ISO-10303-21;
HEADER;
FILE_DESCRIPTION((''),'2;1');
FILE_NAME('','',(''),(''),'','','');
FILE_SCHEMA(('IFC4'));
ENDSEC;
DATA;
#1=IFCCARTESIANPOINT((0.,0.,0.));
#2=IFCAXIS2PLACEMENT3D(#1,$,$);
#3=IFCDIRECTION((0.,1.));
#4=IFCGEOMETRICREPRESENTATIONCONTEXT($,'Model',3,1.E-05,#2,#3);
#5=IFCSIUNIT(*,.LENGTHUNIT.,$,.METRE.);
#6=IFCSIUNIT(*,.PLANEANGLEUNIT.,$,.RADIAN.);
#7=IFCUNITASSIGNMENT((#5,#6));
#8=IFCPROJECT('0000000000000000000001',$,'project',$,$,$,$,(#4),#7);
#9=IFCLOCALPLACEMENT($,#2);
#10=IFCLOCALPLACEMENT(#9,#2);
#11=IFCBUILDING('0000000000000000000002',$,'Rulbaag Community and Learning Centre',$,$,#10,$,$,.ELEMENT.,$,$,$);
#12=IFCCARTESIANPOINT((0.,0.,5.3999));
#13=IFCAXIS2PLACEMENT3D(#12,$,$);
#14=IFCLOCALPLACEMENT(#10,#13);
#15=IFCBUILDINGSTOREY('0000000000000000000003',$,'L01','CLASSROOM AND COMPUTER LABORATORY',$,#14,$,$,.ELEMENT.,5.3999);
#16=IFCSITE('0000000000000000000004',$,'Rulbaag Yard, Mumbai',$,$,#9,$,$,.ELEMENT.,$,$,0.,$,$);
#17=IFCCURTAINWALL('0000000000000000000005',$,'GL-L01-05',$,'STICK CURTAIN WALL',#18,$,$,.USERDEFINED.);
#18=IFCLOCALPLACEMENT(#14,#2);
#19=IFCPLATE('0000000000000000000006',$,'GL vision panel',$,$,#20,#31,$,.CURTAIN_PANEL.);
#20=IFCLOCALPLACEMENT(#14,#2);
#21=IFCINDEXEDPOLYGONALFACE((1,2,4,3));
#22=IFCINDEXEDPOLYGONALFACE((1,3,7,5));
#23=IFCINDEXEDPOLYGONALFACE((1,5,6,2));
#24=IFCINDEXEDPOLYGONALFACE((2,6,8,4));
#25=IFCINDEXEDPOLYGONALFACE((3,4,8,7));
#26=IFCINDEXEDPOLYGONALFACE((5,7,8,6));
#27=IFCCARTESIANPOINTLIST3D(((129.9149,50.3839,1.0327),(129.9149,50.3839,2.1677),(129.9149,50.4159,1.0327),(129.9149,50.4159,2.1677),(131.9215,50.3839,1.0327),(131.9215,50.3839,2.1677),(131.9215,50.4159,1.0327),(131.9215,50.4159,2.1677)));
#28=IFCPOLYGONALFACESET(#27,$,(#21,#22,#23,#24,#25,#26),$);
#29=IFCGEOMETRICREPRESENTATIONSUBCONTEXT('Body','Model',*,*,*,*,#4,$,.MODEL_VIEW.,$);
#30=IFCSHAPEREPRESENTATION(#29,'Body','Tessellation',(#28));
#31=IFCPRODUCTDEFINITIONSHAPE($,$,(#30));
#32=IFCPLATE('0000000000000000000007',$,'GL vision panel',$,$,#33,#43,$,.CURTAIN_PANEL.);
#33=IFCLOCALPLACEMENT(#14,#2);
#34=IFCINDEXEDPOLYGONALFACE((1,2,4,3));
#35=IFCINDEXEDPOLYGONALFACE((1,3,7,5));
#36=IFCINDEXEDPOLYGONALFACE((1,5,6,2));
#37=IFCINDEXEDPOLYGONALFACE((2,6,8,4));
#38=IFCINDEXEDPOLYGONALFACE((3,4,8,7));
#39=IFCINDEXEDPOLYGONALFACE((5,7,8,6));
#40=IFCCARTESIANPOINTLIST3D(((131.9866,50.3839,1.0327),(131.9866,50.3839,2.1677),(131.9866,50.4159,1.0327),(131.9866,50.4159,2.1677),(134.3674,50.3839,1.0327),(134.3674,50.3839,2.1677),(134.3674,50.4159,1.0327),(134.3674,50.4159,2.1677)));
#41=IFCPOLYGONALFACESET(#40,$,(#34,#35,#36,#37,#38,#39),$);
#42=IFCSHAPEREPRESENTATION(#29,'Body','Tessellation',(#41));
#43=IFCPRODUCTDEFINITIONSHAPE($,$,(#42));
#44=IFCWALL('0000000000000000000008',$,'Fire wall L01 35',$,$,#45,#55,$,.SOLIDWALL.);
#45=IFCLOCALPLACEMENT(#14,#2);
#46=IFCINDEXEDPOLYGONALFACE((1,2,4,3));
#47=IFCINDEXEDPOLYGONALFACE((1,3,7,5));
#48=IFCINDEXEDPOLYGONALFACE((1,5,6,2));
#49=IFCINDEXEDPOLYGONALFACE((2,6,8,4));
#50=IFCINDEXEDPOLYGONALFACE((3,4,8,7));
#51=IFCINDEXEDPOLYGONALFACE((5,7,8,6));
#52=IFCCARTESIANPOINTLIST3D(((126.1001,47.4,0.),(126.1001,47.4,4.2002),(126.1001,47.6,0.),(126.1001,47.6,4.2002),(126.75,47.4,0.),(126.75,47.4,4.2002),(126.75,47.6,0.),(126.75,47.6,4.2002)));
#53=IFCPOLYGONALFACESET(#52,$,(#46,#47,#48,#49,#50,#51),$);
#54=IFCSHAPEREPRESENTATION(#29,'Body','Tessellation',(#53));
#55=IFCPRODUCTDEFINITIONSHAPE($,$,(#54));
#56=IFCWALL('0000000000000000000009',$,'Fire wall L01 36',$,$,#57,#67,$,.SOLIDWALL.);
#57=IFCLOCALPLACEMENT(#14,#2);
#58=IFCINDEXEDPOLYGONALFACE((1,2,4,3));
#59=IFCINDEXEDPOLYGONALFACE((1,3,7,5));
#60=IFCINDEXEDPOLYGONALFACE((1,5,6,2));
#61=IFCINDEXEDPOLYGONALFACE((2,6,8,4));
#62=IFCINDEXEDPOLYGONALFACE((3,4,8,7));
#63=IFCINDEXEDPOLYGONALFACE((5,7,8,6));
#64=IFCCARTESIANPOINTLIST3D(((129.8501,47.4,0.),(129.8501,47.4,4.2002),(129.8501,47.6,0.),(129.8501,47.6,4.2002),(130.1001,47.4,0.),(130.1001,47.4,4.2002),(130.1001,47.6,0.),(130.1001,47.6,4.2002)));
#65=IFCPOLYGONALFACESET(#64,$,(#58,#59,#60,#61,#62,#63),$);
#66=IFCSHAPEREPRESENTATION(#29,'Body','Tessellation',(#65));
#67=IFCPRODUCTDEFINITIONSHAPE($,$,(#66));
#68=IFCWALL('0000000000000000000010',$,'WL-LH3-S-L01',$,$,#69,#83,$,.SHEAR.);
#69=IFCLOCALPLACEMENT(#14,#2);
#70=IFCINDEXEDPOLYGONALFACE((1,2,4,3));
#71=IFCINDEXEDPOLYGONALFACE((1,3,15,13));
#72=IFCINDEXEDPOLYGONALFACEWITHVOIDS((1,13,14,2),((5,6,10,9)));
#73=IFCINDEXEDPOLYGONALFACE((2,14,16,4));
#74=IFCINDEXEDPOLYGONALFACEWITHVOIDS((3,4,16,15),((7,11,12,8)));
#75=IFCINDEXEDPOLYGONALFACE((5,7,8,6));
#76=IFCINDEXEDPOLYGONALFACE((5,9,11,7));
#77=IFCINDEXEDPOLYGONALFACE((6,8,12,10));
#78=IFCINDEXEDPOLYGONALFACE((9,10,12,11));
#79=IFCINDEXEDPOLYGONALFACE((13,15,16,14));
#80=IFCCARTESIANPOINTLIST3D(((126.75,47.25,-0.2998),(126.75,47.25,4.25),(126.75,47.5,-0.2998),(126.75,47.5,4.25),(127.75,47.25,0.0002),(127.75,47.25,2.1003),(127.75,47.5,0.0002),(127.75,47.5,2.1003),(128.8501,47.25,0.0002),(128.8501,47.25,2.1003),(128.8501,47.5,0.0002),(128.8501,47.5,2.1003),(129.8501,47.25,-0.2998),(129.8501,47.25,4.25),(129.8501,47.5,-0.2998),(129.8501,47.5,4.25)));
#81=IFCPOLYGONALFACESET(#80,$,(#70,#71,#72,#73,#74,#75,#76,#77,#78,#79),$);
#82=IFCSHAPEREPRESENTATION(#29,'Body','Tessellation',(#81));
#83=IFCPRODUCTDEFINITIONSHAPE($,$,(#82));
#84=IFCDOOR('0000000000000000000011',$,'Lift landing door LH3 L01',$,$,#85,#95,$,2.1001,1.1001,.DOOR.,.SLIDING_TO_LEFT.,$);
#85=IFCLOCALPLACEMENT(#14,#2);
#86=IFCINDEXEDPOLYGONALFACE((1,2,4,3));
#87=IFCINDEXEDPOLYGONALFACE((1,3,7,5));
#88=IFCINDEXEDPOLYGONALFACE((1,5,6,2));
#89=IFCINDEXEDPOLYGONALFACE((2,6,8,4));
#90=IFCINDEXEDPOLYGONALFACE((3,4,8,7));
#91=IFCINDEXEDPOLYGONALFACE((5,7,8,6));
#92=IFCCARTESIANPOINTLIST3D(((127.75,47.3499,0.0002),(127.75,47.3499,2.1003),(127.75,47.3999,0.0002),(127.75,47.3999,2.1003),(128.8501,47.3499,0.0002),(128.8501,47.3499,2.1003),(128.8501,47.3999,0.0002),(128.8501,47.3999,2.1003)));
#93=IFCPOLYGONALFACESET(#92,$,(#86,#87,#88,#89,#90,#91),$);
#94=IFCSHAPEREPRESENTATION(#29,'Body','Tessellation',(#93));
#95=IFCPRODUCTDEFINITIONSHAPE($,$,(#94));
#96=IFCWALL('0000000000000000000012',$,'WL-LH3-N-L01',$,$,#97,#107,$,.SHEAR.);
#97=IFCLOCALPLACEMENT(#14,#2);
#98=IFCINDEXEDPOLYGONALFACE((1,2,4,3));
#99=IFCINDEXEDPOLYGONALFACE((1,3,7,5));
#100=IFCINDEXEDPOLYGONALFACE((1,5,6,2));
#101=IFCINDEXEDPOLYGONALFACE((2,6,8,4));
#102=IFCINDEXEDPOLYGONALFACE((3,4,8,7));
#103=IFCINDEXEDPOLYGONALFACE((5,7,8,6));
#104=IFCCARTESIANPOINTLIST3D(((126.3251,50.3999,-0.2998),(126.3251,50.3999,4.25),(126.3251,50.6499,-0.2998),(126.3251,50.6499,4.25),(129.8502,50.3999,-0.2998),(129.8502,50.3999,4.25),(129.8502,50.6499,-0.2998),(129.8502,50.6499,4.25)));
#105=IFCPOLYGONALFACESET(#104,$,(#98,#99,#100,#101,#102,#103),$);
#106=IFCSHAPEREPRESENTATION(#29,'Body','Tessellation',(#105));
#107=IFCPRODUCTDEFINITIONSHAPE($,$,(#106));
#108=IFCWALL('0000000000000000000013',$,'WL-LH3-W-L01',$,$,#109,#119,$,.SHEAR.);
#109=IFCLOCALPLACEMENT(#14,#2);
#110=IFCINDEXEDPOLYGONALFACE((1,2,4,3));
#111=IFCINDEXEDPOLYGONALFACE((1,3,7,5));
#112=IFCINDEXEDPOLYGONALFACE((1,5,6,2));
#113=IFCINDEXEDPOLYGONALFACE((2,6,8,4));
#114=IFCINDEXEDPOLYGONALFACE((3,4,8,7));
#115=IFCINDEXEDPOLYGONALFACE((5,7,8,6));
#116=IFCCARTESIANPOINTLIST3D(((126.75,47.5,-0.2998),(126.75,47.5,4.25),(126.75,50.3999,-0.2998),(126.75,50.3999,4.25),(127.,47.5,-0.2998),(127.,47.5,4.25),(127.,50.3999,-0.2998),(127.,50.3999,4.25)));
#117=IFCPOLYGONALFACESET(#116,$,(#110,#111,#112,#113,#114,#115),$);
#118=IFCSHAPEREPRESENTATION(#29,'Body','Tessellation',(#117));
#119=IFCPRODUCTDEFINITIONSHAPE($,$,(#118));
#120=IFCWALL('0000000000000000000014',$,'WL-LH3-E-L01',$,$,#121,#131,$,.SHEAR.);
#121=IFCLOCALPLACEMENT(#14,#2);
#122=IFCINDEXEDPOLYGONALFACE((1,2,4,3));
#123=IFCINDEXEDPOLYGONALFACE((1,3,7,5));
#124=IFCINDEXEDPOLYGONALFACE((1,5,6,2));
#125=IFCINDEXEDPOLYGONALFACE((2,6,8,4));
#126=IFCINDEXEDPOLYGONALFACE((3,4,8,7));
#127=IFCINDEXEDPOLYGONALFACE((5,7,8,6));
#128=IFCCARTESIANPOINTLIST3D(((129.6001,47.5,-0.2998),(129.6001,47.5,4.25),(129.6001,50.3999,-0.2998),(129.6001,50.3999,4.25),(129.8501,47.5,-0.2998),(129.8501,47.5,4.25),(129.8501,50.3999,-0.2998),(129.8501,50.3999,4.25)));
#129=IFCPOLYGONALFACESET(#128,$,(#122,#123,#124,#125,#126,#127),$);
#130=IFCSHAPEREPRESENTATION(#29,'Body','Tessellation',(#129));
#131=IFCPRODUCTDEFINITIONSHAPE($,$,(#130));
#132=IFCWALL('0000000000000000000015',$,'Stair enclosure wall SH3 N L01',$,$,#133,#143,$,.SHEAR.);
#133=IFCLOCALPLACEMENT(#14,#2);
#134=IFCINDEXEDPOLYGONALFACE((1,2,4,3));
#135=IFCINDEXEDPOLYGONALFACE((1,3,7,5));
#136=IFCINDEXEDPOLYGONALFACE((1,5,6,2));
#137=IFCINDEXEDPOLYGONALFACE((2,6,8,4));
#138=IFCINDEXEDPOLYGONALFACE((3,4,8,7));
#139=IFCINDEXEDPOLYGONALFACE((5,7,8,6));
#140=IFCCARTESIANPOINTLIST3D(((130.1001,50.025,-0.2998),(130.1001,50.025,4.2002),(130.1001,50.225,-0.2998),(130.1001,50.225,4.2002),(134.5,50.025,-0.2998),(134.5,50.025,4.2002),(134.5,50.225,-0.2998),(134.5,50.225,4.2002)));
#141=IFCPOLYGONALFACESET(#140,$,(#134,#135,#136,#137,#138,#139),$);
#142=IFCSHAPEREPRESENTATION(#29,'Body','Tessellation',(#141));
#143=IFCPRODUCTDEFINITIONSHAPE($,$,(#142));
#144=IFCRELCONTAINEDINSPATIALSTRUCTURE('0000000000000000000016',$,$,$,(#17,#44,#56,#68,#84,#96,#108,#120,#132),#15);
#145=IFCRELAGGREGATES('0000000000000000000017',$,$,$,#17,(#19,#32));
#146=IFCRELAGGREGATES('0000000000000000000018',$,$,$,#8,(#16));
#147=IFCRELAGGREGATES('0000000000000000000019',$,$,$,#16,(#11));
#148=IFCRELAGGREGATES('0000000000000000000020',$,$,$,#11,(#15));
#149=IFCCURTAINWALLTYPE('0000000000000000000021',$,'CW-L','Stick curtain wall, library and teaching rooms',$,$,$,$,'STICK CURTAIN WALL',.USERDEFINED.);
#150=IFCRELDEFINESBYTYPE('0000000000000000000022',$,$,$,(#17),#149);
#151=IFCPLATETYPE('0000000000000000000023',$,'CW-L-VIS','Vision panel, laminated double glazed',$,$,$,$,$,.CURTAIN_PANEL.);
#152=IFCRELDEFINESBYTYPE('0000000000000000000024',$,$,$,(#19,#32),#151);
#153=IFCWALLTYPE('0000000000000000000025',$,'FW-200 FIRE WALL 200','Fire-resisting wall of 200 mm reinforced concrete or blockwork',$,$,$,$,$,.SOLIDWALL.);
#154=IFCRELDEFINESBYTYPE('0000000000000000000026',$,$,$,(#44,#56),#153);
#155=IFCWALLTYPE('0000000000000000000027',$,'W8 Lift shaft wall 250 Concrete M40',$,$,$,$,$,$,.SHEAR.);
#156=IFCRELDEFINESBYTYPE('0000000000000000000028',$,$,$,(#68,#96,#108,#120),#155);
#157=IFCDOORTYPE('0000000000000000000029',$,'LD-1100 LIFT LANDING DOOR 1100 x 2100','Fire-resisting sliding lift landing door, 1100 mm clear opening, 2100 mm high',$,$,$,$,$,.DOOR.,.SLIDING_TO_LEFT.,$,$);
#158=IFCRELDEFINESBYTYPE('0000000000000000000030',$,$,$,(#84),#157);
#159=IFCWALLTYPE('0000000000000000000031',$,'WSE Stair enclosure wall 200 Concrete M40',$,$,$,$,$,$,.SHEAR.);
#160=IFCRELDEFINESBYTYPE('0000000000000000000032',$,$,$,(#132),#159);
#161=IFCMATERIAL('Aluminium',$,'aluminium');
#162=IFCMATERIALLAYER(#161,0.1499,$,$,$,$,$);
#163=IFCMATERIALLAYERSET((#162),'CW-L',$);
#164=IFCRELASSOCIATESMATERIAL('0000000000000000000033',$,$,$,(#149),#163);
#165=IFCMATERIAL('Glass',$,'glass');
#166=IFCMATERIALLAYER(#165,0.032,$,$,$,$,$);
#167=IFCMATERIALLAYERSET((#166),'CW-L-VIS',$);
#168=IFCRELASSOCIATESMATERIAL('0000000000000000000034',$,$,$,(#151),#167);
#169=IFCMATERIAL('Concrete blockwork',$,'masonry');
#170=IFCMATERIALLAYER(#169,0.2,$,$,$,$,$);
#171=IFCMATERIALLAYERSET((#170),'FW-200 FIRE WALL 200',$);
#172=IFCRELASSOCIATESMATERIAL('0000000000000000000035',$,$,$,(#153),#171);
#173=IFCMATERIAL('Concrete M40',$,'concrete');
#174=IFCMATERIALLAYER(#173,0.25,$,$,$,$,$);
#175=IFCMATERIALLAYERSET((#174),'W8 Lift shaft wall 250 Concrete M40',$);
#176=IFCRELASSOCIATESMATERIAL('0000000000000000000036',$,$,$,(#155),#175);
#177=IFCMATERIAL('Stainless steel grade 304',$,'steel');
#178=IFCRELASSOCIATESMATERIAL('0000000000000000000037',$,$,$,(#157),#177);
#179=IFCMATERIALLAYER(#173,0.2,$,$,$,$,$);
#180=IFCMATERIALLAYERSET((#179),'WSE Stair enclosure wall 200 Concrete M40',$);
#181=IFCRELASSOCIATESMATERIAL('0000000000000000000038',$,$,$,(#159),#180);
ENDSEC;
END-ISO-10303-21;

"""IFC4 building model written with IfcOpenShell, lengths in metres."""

from ifc_helpers import new_model, si_unit, direction, frame, frame_2d, origin, origin_2d, place, context, subcontext, project, spatial, rectangle, extrude, material, layer, layer_set, type_object, element, fill, aggregate, save


model = new_model("IFC4")

# Units and contexts
model_context = context("Model", 3, precision=1e-05, world=origin(), true_north=direction((0.0, 1.0)))
body_context = subcontext(model_context, "Body", "Model", "MODEL_VIEW")
ifc_project = project(units=[si_unit("LENGTHUNIT", "METRE"), si_unit("PLANEANGLEUNIT", "RADIAN")], contexts=[model_context])

# Site, building, storey
site_placement = place(None, origin())
site = spatial("IfcSite", under=ifc_project, at=site_placement, Name="Rulbaag Yard, Mumbai", CompositionType="ELEMENT", RefElevation=0.0)
building_placement = place(site_placement, origin())
building = spatial("IfcBuilding", under=site, at=building_placement, Name="Rulbaag Community and Learning Centre", CompositionType="ELEMENT")
storey_placement = place(building_placement, frame((0.0, 0.0, 5.3999)))
storey = spatial("IfcBuildingStorey", under=building, at=storey_placement, Name="L01", Description="CLASSROOM AND COMPUTER LABORATORY", CompositionType="ELEMENT", Elevation=5.3999)

# Curtain wall, plates
ifc_material_1 = material(Name="Aluminium", Category="aluminium")
ifc_layer_1 = layer(ifc_material_1, 0.1499)
ifc_layer_set_1 = layer_set([ifc_layer_1], Name="CW-L")
curtain_wall_type = type_object("IfcCurtainWallType", Name="CW-L", Description="Stick curtain wall, library and teaching rooms", ElementType="STICK CURTAIN WALL", PredefinedType="USERDEFINED", material=ifc_layer_set_1)
curtain_wall_placement = place(storey_placement, origin())
curtain_wall = element("IfcCurtainWall", 1, at=curtain_wall_placement, inside=storey, type_object=curtain_wall_type, Name="GL-L01-05", ObjectType="STICK CURTAIN WALL", PredefinedType="USERDEFINED")
ifc_material_2 = material(Name="Glass", Category="glass")
ifc_layer_2 = layer(ifc_material_2, 0.032)
ifc_layer_set_2 = layer_set([ifc_layer_2], Name="CW-L-VIS")
plate_type_1 = type_object("IfcPlateType", Name="CW-L-VIS", Description="Vision panel, laminated double glazed", PredefinedType="CURTAIN_PANEL", material=ifc_layer_set_2)
plate_1_placement = place(storey_placement, frame((130.9182, 50.3999, 1.0327), z_axis=(0.0, 0.0, 1.0), x_axis=(1.0, 0.0, 0.0)))
plate_1 = element("IfcPlate", 2, at=plate_1_placement, type_object=plate_type_1, Name="GL vision panel", PredefinedType="CURTAIN_PANEL", context=body_context, shape_type="SweptSolid", body=[
    extrude(rectangle(XDim=2.0066, YDim=0.032, at=origin_2d()), origin(), (0.0, 0.0, 1.0), 1.135),
])
plate_2_placement = place(storey_placement, frame((133.177, 50.3999, 1.0327), z_axis=(0.0, 0.0, 1.0), x_axis=(1.0, 0.0, 0.0)))
plate_2 = element("IfcPlate", 3, at=plate_2_placement, type_object=plate_type_1, Name="GL vision panel", PredefinedType="CURTAIN_PANEL", context=body_context, shape_type="SweptSolid", body=[
    extrude(rectangle(XDim=2.3809, YDim=0.032, at=origin_2d()), origin(), (0.0, 0.0, 1.0), 1.135),
])
aggregate(curtain_wall, [plate_1, plate_2])

# Walls
ifc_material_3 = material(Name="Concrete blockwork", Category="masonry")
ifc_layer_3 = layer(ifc_material_3, 0.2)
ifc_layer_set_3 = layer_set([ifc_layer_3], Name="FW-200 FIRE WALL 200")
wall_type_1 = type_object("IfcWallType", Name="FW-200 FIRE WALL 200", Description="Fire-resisting wall of 200 mm reinforced concrete or blockwork", PredefinedType="SOLIDWALL", material=ifc_layer_set_3)
wall_1_placement = place(storey_placement, frame((126.1001, 47.5, 0.0), z_axis=(0.0, 0.0, 1.0), x_axis=(1.0, 0.0, 0.0)))
element("IfcWall", 4, at=wall_1_placement, inside=storey, type_object=wall_type_1, Name="Fire wall L01 35", PredefinedType="SOLIDWALL", context=body_context, shape_type="SweptSolid", body=[
    extrude(rectangle(XDim=0.6499, YDim=0.2, at=frame_2d((0.325, 0.0))), origin(), (0.0, 0.0, 1.0), 4.2002),
])
wall_2_placement = place(storey_placement, frame((129.8501, 47.5, 0.0), z_axis=(0.0, 0.0, 1.0), x_axis=(1.0, 0.0, 0.0)))
element("IfcWall", 5, at=wall_2_placement, inside=storey, type_object=wall_type_1, Name="Fire wall L01 36", PredefinedType="SOLIDWALL", context=body_context, shape_type="SweptSolid", body=[
    extrude(rectangle(XDim=0.25, YDim=0.2, at=frame_2d((0.125, 0.0))), origin(), (0.0, 0.0, 1.0), 4.2002),
])

# Wall, opening, door
ifc_material_4 = material(Name="Concrete M40", Category="concrete")
ifc_layer_4 = layer(ifc_material_4, 0.25)
ifc_layer_set_4 = layer_set([ifc_layer_4], Name="W8 Lift shaft wall 250 Concrete M40")
wall_type_2 = type_object("IfcWallType", Name="W8 Lift shaft wall 250 Concrete M40", PredefinedType="SHEAR", material=ifc_layer_set_4)
wall_3_placement = place(storey_placement, frame((126.75, 47.375, -0.2998), z_axis=(0.0, 0.0, 1.0), x_axis=(1.0, 0.0, 0.0)))
wall_3 = element("IfcWall", 6, at=wall_3_placement, inside=storey, type_object=wall_type_2, Name="WL-LH3-S-L01", PredefinedType="SHEAR", context=body_context, shape_type="SweptSolid", body=[
    extrude(rectangle(XDim=3.1001, YDim=0.25, at=frame_2d((1.55, 0.0))), origin(), (0.0, 0.0, 1.0), 4.5498),
])
opening_placement = place(wall_3_placement, frame((1.0, 0.0, 0.3)))
opening = element("IfcOpeningElement", 7, at=opening_placement, cuts=wall_3, PredefinedType="OPENING", context=body_context, shape_type="SweptSolid", body=[
    extrude(rectangle(XDim=1.1001, YDim=2.1001, at=frame_2d((0.55, 1.05))), frame((0.0, 0.135, 0.0), z_axis=(0.0, -1.0, 0.0), x_axis=(1.0, 0.0, 0.0)), (0.0, 0.0, 1.0), 0.27),
])
ifc_material_5 = material(Name="Stainless steel grade 304", Category="steel")
door_type = type_object("IfcDoorType", Name="LD-1100 LIFT LANDING DOOR 1100 x 2100", Description="Fire-resisting sliding lift landing door, 1100 mm clear opening, 2100 mm high", OperationType="SLIDING_TO_LEFT", PredefinedType="DOOR", material=ifc_material_5)
door_placement = place(opening_placement, origin())
door = element("IfcDoor", 8, at=door_placement, inside=storey, type_object=door_type, Name="Lift landing door LH3 L01", OperationType="SLIDING_TO_LEFT", OverallHeight=2.1001, OverallWidth=1.1001, PredefinedType="DOOR", context=body_context, shape_type="SweptSolid", body=[
    extrude(rectangle(XDim=1.1001, YDim=2.1001, at=frame_2d((0.55, 1.05))), frame((0.0, 0.0249, 0.0), z_axis=(0.0, -1.0, 0.0), x_axis=(1.0, 0.0, 0.0)), (0.0, 0.0, 1.0), 0.05),
])
fill(opening, door)

# Walls
wall_4_placement = place(storey_placement, frame((126.325, 50.5249, -0.2998), z_axis=(0.0, 0.0, 1.0), x_axis=(1.0, 0.0, 0.0)))
element("IfcWall", 9, at=wall_4_placement, inside=storey, type_object=wall_type_2, Name="WL-LH3-N-L01", PredefinedType="SHEAR", context=body_context, shape_type="SweptSolid", body=[
    extrude(rectangle(XDim=3.5251, YDim=0.25, at=frame_2d((1.7627, 0.0))), origin(), (0.0, 0.0, 1.0), 4.5498),
])
for number, where, z_axis, x_axis, name in (
    (10, (126.875, 47.5, -0.2998), (0.0, 0.0, 1.0), (0.0, 1.0, 0.0), "WL-LH3-W-L01"),
    (11, (129.7251, 47.5, -0.2998), (0.0, 0.0, 1.0), (0.0, 1.0, 0.0), "WL-LH3-E-L01"),
):
    element("IfcWall", number, at=place(storey_placement, frame(where, z_axis=z_axis, x_axis=x_axis)), inside=storey, type_object=wall_type_2, Name=name, PredefinedType="SHEAR", context=body_context, shape_type="SweptSolid", body=[
        extrude(rectangle(XDim=2.8999, YDim=0.25, at=frame_2d((1.45, 0.0))), origin(), (0.0, 0.0, 1.0), 4.5498),
    ])
ifc_layer_5 = layer(ifc_material_4, 0.2)
ifc_layer_set_5 = layer_set([ifc_layer_5], Name="WSE Stair enclosure wall 200 Concrete M40")
wall_type_3 = type_object("IfcWallType", Name="WSE Stair enclosure wall 200 Concrete M40", PredefinedType="SHEAR", material=ifc_layer_set_5)
wall_5_placement = place(storey_placement, frame((130.1001, 50.125, -0.2998), z_axis=(0.0, 0.0, 1.0), x_axis=(1.0, 0.0, 0.0)))
element("IfcWall", 12, at=wall_5_placement, inside=storey, type_object=wall_type_3, Name="Stair enclosure wall SH3 N L01", PredefinedType="SHEAR", context=body_context, shape_type="SweptSolid", body=[
    extrude(rectangle(XDim=4.3999, YDim=0.2, at=frame_2d((2.2, 0.0))), origin(), (0.0, 0.0, 1.0), 4.5),
])

save(model, "model.ifc")
